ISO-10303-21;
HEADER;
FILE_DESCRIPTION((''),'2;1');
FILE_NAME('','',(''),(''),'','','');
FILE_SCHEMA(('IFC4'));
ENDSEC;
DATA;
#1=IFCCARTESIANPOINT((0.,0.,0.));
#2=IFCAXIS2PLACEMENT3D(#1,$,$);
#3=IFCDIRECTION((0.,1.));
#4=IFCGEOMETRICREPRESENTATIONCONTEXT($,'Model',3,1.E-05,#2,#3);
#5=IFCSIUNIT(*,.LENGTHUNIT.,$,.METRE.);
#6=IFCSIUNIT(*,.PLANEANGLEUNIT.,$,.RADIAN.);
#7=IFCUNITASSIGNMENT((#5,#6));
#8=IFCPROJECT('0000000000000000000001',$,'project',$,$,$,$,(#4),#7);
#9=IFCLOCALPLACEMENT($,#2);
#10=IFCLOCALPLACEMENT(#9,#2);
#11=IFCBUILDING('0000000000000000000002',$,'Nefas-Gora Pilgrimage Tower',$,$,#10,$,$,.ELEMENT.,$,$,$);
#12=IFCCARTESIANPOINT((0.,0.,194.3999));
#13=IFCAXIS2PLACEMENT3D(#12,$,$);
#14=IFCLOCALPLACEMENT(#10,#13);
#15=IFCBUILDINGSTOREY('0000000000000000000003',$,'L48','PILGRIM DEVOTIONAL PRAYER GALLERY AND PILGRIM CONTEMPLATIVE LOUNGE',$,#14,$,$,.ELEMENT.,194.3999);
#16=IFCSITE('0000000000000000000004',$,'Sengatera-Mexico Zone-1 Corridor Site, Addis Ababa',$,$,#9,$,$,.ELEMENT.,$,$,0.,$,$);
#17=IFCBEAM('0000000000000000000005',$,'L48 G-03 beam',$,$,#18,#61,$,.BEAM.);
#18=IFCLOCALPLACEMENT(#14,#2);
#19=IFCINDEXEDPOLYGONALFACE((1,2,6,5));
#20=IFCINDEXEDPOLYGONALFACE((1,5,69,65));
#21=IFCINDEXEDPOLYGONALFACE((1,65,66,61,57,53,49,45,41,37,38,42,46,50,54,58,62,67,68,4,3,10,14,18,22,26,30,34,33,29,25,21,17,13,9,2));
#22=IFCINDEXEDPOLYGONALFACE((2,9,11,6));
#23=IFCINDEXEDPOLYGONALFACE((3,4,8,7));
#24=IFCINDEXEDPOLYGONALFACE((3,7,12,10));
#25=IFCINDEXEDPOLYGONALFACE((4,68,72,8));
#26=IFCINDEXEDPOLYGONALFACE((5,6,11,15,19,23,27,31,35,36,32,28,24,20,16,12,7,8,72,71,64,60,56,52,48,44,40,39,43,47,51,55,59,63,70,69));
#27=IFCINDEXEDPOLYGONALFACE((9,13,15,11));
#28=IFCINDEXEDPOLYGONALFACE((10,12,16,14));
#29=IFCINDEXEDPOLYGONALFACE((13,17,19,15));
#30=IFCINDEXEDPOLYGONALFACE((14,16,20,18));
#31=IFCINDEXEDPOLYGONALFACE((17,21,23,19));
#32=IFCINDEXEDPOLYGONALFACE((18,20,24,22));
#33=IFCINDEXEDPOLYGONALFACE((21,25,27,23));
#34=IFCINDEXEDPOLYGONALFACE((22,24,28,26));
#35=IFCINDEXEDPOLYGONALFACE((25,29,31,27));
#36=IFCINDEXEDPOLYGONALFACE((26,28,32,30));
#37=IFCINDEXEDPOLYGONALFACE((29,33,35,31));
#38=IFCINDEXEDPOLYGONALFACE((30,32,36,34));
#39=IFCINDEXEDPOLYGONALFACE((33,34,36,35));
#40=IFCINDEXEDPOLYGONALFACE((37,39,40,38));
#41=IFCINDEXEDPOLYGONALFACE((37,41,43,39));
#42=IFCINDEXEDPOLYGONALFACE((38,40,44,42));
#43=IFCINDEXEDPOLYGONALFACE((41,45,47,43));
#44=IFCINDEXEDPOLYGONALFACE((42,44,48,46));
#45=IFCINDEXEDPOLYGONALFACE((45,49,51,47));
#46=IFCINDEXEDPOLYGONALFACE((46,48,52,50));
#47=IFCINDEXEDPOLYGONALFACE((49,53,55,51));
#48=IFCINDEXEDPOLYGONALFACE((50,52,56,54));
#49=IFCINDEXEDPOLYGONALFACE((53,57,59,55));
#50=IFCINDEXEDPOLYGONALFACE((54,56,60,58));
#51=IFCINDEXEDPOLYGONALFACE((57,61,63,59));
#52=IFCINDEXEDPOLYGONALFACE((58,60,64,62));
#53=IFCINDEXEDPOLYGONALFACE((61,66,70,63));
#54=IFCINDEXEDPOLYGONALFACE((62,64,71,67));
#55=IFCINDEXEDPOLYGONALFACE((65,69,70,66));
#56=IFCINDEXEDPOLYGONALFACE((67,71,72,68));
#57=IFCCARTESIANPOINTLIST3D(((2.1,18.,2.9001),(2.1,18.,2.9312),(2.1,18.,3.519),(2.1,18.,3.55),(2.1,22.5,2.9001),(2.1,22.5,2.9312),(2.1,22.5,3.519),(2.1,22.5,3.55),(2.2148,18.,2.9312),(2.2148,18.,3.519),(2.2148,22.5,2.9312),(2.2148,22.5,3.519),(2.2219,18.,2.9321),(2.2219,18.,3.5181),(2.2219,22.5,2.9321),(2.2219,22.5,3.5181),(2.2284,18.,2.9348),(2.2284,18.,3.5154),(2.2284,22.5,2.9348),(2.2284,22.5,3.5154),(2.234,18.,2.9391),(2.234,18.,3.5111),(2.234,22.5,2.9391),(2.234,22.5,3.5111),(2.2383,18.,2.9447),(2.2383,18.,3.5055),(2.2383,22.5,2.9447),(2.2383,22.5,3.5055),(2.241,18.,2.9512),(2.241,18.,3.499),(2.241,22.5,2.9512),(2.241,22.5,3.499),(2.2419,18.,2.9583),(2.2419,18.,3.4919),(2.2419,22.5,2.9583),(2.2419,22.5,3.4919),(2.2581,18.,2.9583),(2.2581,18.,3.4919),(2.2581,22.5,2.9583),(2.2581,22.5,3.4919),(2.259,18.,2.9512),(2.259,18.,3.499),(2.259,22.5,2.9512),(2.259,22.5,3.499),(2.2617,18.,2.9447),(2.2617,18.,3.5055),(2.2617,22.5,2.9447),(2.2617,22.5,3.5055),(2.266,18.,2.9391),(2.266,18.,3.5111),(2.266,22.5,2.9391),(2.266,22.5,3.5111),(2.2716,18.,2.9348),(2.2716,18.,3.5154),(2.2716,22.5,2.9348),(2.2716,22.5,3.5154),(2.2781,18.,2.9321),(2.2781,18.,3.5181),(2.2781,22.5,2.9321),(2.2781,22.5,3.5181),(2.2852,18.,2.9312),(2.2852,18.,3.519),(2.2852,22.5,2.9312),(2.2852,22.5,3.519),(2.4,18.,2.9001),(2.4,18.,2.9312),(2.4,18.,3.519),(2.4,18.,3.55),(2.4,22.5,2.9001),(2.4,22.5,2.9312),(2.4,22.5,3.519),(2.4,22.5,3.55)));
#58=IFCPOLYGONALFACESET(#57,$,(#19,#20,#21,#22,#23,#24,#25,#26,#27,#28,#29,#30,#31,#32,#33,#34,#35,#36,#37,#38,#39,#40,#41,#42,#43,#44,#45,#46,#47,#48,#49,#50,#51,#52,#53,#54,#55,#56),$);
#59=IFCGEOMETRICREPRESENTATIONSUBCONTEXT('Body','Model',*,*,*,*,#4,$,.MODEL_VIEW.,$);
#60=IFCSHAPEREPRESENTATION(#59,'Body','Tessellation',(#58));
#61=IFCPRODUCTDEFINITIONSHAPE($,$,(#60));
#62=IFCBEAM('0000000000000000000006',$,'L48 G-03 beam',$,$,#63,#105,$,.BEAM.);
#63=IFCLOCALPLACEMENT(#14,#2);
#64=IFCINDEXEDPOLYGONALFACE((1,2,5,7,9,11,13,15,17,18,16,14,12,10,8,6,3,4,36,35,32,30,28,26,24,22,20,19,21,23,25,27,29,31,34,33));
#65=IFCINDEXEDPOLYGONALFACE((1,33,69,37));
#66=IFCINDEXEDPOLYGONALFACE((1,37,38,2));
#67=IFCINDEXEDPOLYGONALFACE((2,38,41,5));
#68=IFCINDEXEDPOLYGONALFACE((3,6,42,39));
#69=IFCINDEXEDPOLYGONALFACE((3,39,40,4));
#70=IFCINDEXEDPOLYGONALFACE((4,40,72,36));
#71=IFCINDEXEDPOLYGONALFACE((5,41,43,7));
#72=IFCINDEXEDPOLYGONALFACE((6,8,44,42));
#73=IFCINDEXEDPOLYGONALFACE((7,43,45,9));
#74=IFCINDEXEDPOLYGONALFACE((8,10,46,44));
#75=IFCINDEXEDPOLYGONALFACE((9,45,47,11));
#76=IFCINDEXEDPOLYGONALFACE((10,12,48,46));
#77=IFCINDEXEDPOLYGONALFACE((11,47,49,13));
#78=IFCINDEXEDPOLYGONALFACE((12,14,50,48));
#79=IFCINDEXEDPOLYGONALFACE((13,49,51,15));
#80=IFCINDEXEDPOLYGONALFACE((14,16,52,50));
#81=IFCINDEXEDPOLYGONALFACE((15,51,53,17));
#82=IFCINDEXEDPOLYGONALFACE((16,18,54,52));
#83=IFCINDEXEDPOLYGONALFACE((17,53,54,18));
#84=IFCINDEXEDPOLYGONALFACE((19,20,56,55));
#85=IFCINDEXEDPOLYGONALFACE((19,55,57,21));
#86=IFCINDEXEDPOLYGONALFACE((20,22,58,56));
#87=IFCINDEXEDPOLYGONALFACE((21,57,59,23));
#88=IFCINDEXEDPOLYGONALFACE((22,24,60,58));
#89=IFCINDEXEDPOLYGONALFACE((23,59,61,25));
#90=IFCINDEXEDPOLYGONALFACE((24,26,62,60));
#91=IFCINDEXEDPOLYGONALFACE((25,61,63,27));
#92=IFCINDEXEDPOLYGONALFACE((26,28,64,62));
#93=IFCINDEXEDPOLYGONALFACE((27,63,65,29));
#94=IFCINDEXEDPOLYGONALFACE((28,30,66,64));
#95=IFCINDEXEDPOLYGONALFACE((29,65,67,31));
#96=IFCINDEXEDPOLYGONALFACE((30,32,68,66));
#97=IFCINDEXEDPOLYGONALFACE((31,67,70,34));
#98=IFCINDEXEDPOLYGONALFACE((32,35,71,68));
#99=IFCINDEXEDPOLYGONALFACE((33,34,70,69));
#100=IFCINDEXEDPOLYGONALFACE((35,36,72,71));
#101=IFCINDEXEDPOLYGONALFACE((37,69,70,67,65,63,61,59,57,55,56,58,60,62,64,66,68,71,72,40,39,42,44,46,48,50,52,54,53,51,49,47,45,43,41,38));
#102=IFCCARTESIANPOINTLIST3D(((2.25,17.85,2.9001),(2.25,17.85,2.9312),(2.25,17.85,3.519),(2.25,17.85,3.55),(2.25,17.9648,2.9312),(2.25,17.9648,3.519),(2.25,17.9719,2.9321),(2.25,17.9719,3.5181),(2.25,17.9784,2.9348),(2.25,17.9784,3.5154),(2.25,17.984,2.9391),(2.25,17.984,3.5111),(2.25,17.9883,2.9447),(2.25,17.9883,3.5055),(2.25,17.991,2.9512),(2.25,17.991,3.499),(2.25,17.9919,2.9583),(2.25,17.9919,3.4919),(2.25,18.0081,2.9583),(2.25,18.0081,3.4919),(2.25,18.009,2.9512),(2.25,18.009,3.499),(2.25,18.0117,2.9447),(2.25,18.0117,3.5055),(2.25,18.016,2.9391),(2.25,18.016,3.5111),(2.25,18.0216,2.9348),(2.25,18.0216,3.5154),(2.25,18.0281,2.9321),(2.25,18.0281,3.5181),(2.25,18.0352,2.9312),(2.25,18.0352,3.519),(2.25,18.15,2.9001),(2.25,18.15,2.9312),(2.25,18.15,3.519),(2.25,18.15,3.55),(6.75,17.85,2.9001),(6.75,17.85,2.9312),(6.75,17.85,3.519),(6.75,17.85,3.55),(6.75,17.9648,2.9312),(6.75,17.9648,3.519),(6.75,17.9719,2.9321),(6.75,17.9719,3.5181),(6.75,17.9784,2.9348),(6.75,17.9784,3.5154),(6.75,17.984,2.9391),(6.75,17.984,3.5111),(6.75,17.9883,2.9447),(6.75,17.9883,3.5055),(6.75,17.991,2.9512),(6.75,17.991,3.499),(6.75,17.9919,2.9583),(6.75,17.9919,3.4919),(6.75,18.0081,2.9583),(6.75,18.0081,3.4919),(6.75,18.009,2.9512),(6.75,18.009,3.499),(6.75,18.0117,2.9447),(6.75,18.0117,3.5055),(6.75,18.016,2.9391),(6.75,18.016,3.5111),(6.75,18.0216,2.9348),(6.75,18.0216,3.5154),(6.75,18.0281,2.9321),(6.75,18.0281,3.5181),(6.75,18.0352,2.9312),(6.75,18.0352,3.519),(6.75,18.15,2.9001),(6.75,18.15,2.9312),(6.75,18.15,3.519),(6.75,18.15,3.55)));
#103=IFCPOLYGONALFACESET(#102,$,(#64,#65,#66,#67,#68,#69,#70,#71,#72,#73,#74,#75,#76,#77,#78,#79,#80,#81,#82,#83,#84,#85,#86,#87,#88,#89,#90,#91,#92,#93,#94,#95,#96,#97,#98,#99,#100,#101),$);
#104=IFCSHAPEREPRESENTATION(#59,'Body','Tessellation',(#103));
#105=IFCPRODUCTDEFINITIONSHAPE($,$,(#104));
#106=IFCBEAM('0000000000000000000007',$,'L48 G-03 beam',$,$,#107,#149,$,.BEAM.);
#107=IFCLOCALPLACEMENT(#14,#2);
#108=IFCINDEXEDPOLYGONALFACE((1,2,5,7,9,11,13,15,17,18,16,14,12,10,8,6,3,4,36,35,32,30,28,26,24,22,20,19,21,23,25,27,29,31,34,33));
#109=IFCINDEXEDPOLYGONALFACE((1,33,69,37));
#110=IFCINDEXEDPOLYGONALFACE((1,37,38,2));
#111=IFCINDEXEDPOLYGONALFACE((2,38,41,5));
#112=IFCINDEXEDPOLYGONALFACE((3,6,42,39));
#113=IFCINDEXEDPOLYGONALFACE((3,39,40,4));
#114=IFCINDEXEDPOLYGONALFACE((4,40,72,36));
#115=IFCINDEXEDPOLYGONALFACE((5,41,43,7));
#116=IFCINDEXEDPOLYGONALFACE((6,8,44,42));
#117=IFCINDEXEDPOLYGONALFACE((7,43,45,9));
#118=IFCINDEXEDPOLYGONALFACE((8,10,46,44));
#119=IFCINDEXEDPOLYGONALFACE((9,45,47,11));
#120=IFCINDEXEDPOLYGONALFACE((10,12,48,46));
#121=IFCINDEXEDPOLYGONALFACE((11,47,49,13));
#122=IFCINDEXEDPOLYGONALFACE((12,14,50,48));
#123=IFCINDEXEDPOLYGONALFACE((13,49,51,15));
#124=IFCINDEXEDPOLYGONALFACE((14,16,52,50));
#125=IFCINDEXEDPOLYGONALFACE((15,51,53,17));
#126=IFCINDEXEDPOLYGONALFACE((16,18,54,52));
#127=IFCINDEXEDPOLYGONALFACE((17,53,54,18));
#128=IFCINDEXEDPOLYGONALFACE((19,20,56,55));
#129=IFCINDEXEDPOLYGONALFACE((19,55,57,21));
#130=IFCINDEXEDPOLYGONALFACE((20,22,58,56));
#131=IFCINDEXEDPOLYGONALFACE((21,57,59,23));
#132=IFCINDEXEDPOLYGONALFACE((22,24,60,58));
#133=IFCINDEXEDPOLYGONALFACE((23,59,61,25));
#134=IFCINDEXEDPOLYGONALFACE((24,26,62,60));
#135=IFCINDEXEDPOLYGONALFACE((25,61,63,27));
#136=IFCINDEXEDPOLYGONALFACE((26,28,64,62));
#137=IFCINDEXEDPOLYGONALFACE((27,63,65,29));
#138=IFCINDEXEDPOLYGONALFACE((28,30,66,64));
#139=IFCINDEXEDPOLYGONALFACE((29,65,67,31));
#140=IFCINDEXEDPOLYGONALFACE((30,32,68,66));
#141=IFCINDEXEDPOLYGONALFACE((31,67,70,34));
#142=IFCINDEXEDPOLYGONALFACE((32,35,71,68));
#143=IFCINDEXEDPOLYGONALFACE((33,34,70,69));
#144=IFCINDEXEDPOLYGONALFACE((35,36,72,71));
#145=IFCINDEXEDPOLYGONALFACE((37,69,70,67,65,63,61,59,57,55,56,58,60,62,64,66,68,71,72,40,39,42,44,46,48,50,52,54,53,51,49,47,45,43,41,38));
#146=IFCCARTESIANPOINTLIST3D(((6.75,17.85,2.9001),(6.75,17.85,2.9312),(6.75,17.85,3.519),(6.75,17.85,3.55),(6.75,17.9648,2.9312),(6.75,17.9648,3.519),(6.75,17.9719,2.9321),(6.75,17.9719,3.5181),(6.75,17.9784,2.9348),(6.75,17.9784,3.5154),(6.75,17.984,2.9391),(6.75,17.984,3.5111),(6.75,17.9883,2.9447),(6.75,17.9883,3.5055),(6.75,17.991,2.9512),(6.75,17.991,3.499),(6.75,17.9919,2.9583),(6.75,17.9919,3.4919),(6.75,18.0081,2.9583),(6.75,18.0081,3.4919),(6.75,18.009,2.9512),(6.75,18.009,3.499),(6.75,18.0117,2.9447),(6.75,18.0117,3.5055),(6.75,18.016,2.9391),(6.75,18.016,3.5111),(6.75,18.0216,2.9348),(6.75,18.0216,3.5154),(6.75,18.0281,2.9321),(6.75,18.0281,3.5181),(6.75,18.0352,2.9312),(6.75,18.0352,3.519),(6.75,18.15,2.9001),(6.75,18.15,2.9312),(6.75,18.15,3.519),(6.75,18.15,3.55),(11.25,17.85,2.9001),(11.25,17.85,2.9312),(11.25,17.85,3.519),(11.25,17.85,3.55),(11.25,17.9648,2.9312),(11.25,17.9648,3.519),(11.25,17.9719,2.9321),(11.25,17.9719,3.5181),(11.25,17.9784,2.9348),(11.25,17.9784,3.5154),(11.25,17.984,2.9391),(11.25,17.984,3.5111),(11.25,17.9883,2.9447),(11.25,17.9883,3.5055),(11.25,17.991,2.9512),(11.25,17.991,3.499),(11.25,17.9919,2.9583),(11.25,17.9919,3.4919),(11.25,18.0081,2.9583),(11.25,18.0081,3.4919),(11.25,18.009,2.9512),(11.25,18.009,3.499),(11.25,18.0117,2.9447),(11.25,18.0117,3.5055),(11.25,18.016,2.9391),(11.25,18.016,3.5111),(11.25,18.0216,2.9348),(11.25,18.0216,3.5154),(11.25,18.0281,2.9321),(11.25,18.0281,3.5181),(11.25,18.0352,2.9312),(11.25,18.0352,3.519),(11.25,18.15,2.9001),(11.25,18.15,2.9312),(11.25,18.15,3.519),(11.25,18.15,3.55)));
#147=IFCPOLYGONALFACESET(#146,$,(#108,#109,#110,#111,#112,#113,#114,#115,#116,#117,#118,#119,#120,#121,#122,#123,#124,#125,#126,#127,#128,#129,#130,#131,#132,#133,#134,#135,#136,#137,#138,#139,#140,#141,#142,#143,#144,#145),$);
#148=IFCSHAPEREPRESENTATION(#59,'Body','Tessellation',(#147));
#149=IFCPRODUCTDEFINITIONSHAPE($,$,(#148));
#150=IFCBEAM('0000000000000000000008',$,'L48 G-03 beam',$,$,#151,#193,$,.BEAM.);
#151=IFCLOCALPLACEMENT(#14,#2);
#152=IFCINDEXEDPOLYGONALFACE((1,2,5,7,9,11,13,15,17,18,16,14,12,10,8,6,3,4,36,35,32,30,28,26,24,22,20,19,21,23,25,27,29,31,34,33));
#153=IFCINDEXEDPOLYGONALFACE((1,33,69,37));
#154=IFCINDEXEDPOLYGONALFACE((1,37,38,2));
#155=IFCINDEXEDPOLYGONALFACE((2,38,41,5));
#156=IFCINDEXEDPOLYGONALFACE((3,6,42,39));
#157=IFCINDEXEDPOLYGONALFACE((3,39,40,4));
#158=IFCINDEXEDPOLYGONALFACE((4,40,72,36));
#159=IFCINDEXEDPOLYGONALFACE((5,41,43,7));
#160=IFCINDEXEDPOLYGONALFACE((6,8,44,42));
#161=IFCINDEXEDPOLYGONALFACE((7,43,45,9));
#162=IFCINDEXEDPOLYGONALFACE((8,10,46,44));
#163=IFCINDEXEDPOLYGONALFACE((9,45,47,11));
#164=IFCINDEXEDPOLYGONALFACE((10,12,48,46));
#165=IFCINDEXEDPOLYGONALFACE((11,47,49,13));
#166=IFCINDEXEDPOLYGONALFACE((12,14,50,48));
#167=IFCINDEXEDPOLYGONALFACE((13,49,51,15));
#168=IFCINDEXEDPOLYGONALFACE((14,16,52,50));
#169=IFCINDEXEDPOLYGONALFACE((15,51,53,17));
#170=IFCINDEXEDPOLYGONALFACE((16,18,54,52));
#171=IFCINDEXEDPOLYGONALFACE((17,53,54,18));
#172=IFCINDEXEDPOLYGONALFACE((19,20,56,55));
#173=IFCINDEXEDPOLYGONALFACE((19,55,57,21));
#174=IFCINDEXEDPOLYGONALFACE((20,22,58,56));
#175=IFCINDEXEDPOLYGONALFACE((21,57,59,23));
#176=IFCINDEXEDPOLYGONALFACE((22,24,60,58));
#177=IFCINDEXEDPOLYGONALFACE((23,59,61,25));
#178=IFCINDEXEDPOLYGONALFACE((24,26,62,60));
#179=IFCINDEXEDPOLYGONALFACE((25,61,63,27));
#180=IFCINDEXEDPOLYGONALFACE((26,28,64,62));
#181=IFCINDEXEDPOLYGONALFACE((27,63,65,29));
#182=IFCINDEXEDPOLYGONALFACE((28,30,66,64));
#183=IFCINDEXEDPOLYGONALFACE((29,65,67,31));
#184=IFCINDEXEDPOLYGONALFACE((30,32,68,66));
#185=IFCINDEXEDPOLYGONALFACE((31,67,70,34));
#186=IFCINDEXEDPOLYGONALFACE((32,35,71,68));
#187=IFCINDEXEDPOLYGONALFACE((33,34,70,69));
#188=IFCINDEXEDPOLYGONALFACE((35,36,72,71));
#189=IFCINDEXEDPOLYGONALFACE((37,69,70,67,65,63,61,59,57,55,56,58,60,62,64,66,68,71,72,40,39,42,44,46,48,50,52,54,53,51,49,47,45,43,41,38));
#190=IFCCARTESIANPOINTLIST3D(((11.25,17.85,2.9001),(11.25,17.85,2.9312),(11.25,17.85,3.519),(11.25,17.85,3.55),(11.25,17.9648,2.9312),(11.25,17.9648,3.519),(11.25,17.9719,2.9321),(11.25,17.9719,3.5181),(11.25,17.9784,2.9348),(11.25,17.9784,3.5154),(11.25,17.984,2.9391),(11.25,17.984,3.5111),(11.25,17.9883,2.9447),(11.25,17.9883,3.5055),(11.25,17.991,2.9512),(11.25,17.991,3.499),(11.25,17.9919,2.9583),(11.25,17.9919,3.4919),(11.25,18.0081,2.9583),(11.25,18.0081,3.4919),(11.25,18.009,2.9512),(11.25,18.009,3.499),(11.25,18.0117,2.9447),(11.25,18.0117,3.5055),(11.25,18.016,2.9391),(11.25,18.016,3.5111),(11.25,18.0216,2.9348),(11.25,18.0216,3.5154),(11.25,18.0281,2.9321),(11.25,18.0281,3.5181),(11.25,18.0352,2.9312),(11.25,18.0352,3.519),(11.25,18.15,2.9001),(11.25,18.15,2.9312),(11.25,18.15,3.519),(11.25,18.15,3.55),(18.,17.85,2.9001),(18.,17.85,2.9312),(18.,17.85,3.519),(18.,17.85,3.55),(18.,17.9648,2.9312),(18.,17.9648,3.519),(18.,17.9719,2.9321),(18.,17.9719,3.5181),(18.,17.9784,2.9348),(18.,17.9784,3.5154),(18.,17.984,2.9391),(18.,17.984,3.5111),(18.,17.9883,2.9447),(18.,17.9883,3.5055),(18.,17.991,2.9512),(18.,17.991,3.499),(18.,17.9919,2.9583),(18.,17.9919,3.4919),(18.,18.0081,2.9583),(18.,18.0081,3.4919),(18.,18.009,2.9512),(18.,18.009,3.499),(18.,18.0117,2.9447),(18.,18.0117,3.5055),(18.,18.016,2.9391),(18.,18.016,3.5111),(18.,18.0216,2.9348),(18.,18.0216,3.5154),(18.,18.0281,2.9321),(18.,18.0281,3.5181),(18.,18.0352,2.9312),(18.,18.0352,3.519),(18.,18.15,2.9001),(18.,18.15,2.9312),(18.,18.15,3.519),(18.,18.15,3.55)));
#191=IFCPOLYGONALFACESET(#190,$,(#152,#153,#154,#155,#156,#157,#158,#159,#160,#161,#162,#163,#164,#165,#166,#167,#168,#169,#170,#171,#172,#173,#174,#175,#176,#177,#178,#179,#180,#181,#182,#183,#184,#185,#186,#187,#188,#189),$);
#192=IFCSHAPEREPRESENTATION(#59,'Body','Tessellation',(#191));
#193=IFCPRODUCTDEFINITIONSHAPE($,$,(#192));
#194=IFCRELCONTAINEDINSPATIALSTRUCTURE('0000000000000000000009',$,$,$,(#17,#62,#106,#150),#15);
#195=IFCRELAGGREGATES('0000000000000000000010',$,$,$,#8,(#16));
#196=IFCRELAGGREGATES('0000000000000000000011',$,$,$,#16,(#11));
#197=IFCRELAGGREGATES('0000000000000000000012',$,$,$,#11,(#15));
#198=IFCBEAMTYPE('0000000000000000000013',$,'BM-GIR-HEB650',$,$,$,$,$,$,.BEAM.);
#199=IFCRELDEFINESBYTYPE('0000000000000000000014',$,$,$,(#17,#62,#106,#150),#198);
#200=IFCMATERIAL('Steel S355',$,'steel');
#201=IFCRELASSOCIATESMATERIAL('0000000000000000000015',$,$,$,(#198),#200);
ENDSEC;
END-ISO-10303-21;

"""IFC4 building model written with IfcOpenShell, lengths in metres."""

from ifc_helpers import new_model, si_unit, direction, frame, origin, origin_2d, place, context, subcontext, project, spatial, i_section, extrude, source, transform, mapped, material, material_profile, profile_set, type_object, element, save


model = new_model("IFC4")

# Units and contexts
model_context = context("Model", 3, precision=1e-05, world=origin(), true_north=direction((0.0, 1.0)))
body_context = subcontext(model_context, "Body", "Model", "MODEL_VIEW")
ifc_project = project(units=[si_unit("LENGTHUNIT", "METRE"), si_unit("PLANEANGLEUNIT", "RADIAN")], contexts=[model_context])

# Site, building, storey
site_placement = place(None, origin())
site = spatial("IfcSite", under=ifc_project, at=site_placement, Name="Sengatera-Mexico Zone-1 Corridor Site, Addis Ababa", CompositionType="ELEMENT", RefElevation=0.0)
building_placement = place(site_placement, origin())
building = spatial("IfcBuilding", under=site, at=building_placement, Name="Nefas-Gora Pilgrimage Tower", CompositionType="ELEMENT")
storey_placement = place(building_placement, frame((0.0, 0.0, 194.3999)))
storey = spatial("IfcBuildingStorey", under=building, at=storey_placement, Name="L48", Description="PILGRIM DEVOTIONAL PRAYER GALLERY AND PILGRIM CONTEMPLATIVE LOUNGE", CompositionType="ELEMENT", Elevation=194.3999)

# Beams
ifc_material_1 = material(Name="Steel S355", Category="steel")
ifc_material_profile_1 = material_profile(ifc_material_1, i_section(OverallWidth=0.3, OverallDepth=0.6499, WebThickness=0.0161, FlangeThickness=0.031, FilletRadius=0.0271, at=origin_2d()), Name="HEB 650")
ifc_profile_set_1 = profile_set([ifc_material_profile_1], Name="Steel S355")
beam_type_1 = type_object("IfcBeamType", Name="BM-GIR-HEB650", PredefinedType="BEAM", material=ifc_profile_set_1)
shared_shape_1 = source(origin(), body_context, "Body", "SweptSolid", [
    extrude(i_section(OverallWidth=0.3, OverallDepth=0.6499, WebThickness=0.0161, FlangeThickness=0.031, FilletRadius=0.0271, at=origin_2d()), origin(), (0.0, 0.0, 1.0), 4.5),
])
for number, where, z_axis, x_axis, name in (
    (1, (2.25, 18.0, 3.2251), (0.0, 1.0, 0.0), (-1.0, 0.0, 0.0), "L48 G-03 beam"),
    (2, (2.25, 18.0, 3.2251), (1.0, 0.0, 0.0), (0.0, 1.0, 0.0), "L48 G-03 beam"),
    (3, (6.75, 18.0, 3.2251), (1.0, 0.0, 0.0), (0.0, 1.0, 0.0), "L48 G-03 beam"),
):
    element("IfcBeam", number, at=place(storey_placement, frame(where, z_axis=z_axis, x_axis=x_axis)), inside=storey, type_object=beam_type_1, Name=name, PredefinedType="BEAM", context=body_context, shape_type="MappedRepresentation", body=[
        mapped(shared_shape_1, transform((0.0, 0.0, 0.0), x_axis=(1.0, 0.0, 0.0), y_axis=(0.0, 1.0, 0.0), z_axis=(0.0, 0.0, 1.0), scale=1.0)),
    ])
shared_shape_2 = source(origin(), body_context, "Body", "SweptSolid", [
    extrude(i_section(OverallWidth=0.3, OverallDepth=0.6499, WebThickness=0.0161, FlangeThickness=0.031, FilletRadius=0.0271, at=origin_2d()), origin(), (0.0, 0.0, 1.0), 6.75),
])
beam_1_placement = place(storey_placement, frame((11.25, 18.0, 3.2251), z_axis=(1.0, 0.0, 0.0), x_axis=(0.0, 1.0, 0.0)))
element("IfcBeam", 4, at=beam_1_placement, inside=storey, type_object=beam_type_1, Name="L48 G-03 beam", PredefinedType="BEAM", context=body_context, shape_type="MappedRepresentation", body=[
    mapped(shared_shape_2, transform((0.0, 0.0, 0.0), x_axis=(1.0, 0.0, 0.0), y_axis=(0.0, 1.0, 0.0), z_axis=(0.0, 0.0, 1.0), scale=1.0)),
])

save(model, "model.ifc")
